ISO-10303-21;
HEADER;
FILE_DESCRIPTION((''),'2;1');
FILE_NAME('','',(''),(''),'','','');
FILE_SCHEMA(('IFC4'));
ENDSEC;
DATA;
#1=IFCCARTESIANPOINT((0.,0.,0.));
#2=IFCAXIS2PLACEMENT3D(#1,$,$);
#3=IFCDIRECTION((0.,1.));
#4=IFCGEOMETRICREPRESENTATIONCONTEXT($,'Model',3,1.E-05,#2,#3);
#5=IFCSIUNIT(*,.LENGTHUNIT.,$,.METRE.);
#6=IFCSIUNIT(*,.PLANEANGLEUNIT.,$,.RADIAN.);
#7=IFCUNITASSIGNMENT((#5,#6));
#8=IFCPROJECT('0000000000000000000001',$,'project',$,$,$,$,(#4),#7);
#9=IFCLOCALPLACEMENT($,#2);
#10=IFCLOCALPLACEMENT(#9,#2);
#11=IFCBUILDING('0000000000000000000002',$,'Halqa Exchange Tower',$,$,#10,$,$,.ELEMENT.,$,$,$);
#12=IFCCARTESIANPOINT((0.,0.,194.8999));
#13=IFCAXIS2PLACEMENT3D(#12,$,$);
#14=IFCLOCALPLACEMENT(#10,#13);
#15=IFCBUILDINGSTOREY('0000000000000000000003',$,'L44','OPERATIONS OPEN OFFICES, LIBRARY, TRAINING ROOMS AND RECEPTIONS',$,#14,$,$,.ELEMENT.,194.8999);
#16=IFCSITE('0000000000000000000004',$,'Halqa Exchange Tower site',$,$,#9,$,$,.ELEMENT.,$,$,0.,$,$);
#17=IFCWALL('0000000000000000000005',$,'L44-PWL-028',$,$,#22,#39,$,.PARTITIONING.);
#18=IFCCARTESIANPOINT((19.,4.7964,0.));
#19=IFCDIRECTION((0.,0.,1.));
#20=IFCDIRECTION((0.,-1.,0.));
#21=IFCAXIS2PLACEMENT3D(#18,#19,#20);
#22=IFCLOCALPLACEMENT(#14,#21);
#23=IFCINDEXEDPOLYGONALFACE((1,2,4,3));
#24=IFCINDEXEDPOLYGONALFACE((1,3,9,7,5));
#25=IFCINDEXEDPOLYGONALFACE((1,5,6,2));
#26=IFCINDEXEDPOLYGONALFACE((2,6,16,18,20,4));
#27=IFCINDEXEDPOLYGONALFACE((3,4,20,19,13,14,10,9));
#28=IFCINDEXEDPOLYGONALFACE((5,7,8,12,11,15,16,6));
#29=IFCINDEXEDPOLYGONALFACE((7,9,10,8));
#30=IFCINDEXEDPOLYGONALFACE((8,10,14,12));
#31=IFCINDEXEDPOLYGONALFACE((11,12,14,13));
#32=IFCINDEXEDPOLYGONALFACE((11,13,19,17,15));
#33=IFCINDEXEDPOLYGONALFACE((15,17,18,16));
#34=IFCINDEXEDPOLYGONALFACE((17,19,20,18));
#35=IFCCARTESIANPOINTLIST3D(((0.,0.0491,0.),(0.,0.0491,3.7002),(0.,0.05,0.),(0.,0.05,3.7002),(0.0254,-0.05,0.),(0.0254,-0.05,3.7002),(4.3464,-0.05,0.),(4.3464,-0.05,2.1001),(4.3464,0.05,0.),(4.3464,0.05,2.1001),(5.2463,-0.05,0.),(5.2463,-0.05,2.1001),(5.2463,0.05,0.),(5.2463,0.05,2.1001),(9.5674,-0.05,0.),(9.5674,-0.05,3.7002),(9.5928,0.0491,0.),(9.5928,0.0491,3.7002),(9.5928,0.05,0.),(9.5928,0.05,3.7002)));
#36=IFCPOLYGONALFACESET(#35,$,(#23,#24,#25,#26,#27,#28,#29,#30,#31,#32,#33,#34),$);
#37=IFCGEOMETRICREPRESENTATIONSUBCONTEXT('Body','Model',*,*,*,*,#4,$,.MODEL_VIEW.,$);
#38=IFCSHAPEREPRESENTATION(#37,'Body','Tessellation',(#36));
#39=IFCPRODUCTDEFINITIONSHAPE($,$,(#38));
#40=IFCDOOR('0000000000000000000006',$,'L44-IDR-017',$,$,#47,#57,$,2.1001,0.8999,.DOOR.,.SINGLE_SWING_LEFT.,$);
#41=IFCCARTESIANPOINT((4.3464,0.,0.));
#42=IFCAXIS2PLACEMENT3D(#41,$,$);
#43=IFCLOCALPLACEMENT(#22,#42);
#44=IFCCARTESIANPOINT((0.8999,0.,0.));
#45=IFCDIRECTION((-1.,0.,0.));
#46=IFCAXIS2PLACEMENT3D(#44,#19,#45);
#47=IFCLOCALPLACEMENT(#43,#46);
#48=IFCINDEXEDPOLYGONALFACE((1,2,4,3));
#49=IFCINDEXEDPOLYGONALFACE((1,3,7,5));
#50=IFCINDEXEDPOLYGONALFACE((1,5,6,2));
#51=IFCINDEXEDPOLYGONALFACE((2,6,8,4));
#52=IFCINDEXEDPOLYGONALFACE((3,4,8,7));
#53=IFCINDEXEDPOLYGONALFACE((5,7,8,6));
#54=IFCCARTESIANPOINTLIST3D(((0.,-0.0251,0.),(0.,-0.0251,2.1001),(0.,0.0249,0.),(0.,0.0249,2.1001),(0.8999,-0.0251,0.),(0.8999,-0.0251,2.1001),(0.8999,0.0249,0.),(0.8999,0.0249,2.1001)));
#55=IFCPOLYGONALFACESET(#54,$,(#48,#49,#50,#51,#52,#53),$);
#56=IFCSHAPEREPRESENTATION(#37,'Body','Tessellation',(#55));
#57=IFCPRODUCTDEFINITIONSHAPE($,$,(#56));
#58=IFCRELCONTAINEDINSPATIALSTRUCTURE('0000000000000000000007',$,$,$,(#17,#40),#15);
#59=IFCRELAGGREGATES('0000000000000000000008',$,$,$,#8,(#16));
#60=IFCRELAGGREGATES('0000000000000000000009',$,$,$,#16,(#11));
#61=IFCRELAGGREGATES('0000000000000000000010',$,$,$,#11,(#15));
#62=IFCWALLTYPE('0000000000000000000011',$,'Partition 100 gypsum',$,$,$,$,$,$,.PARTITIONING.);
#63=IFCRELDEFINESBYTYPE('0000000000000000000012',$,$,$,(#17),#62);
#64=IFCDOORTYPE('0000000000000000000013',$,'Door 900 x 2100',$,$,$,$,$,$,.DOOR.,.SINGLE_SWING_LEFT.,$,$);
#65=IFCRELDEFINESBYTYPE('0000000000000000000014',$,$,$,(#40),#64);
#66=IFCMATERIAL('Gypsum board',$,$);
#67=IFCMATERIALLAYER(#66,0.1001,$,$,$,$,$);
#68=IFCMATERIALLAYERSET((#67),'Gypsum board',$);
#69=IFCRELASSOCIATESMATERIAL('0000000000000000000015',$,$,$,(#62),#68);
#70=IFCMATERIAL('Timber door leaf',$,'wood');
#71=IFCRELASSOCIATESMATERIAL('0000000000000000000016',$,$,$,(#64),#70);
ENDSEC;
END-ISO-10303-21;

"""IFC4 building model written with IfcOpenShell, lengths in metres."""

from ifc_helpers import new_model, si_unit, direction, frame, frame_2d, origin, place, context, subcontext, project, spatial, polyline, rectangle, outline, extrude, material, layer, layer_set, type_object, element, fill, save


model = new_model("IFC4")

# Units and contexts
model_context = context("Model", 3, precision=1e-05, world=origin(), true_north=direction((0.0, 1.0)))
body_context = subcontext(model_context, "Body", "Model", "MODEL_VIEW")
ifc_project = project(units=[si_unit("LENGTHUNIT", "METRE"), si_unit("PLANEANGLEUNIT", "RADIAN")], contexts=[model_context])

# Site, building, storey
site_placement = place(None, origin())
site = spatial("IfcSite", under=ifc_project, at=site_placement, Name="Halqa Exchange Tower site", CompositionType="ELEMENT", RefElevation=0.0)
building_placement = place(site_placement, origin())
building = spatial("IfcBuilding", under=site, at=building_placement, Name="Halqa Exchange Tower", CompositionType="ELEMENT")
storey_placement = place(building_placement, frame((0.0, 0.0, 194.8999)))
storey = spatial("IfcBuildingStorey", under=building, at=storey_placement, Name="L44", Description="OPERATIONS OPEN OFFICES, LIBRARY, TRAINING ROOMS AND RECEPTIONS", CompositionType="ELEMENT", Elevation=194.8999)

# Wall, opening, door
ifc_material_1 = material(Name="Gypsum board")
ifc_layer_1 = layer(ifc_material_1, 0.1001)
ifc_layer_set_1 = layer_set([ifc_layer_1], Name="Gypsum board")
wall_type_1 = type_object("IfcWallType", Name="Partition 100 gypsum", PredefinedType="PARTITIONING", material=ifc_layer_set_1)
wall_1_placement = place(storey_placement, frame((19.0, 4.7964, 0.0), z_axis=(0.0, 0.0, 1.0), x_axis=(0.0, -1.0, 0.0)))
wall_1 = element("IfcWall", 1, at=wall_1_placement, inside=storey, type_object=wall_type_1, Name="L44-PWL-028", PredefinedType="PARTITIONING", context=body_context, shape_type="SweptSolid", body=[
    extrude(outline(polyline([(0.0254, -0.05), (1.9338, -0.05), (3.8423, -0.05), (5.7505, -0.05), (7.6589, -0.05), (9.5674, -0.05), (9.5928, 0.0491), (9.5928, 0.05), (7.6743, 0.05), (5.7556, 0.05), (3.8372, 0.05), (1.9185, 0.05), (0.0, 0.05), (0.0, 0.0491), (0.0254, -0.05)])), origin(), (0.0, 0.0, 1.0), 3.7002),
])
opening_1_placement = place(wall_1_placement, frame((4.3464, 0.0, 0.0)))
opening_1 = element("IfcOpeningElement", 2, at=opening_1_placement, cuts=wall_1, PredefinedType="OPENING", context=body_context, shape_type="SweptSolid", body=[
    extrude(rectangle(XDim=0.8999, YDim=2.1001, at=frame_2d((0.45, 1.05))), frame((0.0, 0.062, 0.0), z_axis=(0.0, -1.0, 0.0), x_axis=(1.0, 0.0, 0.0)), (0.0, 0.0, 1.0), 0.124),
])
ifc_material_2 = material(Name="Timber door leaf", Category="wood")
door_type = type_object("IfcDoorType", Name="Door 900 x 2100", OperationType="SINGLE_SWING_LEFT", PredefinedType="DOOR", material=ifc_material_2)
door_1_placement = place(opening_1_placement, frame((0.8999, 0.0, 0.0), z_axis=(0.0, 0.0, 1.0), x_axis=(-1.0, 0.0, 0.0)))
door_1 = element("IfcDoor", 3, at=door_1_placement, inside=storey, type_object=door_type, Name="L44-IDR-017", OperationType="SINGLE_SWING_LEFT", OverallHeight=2.1001, OverallWidth=0.8999, PredefinedType="DOOR", context=body_context, shape_type="SweptSolid", body=[
    extrude(rectangle(XDim=0.8999, YDim=2.1001, at=frame_2d((0.45, 1.05))), frame((0.0, 0.0249, 0.0), z_axis=(0.0, -1.0, 0.0), x_axis=(1.0, 0.0, 0.0)), (0.0, 0.0, 1.0), 0.05),
])
fill(opening_1, door_1)

save(model, "model.ifc")
